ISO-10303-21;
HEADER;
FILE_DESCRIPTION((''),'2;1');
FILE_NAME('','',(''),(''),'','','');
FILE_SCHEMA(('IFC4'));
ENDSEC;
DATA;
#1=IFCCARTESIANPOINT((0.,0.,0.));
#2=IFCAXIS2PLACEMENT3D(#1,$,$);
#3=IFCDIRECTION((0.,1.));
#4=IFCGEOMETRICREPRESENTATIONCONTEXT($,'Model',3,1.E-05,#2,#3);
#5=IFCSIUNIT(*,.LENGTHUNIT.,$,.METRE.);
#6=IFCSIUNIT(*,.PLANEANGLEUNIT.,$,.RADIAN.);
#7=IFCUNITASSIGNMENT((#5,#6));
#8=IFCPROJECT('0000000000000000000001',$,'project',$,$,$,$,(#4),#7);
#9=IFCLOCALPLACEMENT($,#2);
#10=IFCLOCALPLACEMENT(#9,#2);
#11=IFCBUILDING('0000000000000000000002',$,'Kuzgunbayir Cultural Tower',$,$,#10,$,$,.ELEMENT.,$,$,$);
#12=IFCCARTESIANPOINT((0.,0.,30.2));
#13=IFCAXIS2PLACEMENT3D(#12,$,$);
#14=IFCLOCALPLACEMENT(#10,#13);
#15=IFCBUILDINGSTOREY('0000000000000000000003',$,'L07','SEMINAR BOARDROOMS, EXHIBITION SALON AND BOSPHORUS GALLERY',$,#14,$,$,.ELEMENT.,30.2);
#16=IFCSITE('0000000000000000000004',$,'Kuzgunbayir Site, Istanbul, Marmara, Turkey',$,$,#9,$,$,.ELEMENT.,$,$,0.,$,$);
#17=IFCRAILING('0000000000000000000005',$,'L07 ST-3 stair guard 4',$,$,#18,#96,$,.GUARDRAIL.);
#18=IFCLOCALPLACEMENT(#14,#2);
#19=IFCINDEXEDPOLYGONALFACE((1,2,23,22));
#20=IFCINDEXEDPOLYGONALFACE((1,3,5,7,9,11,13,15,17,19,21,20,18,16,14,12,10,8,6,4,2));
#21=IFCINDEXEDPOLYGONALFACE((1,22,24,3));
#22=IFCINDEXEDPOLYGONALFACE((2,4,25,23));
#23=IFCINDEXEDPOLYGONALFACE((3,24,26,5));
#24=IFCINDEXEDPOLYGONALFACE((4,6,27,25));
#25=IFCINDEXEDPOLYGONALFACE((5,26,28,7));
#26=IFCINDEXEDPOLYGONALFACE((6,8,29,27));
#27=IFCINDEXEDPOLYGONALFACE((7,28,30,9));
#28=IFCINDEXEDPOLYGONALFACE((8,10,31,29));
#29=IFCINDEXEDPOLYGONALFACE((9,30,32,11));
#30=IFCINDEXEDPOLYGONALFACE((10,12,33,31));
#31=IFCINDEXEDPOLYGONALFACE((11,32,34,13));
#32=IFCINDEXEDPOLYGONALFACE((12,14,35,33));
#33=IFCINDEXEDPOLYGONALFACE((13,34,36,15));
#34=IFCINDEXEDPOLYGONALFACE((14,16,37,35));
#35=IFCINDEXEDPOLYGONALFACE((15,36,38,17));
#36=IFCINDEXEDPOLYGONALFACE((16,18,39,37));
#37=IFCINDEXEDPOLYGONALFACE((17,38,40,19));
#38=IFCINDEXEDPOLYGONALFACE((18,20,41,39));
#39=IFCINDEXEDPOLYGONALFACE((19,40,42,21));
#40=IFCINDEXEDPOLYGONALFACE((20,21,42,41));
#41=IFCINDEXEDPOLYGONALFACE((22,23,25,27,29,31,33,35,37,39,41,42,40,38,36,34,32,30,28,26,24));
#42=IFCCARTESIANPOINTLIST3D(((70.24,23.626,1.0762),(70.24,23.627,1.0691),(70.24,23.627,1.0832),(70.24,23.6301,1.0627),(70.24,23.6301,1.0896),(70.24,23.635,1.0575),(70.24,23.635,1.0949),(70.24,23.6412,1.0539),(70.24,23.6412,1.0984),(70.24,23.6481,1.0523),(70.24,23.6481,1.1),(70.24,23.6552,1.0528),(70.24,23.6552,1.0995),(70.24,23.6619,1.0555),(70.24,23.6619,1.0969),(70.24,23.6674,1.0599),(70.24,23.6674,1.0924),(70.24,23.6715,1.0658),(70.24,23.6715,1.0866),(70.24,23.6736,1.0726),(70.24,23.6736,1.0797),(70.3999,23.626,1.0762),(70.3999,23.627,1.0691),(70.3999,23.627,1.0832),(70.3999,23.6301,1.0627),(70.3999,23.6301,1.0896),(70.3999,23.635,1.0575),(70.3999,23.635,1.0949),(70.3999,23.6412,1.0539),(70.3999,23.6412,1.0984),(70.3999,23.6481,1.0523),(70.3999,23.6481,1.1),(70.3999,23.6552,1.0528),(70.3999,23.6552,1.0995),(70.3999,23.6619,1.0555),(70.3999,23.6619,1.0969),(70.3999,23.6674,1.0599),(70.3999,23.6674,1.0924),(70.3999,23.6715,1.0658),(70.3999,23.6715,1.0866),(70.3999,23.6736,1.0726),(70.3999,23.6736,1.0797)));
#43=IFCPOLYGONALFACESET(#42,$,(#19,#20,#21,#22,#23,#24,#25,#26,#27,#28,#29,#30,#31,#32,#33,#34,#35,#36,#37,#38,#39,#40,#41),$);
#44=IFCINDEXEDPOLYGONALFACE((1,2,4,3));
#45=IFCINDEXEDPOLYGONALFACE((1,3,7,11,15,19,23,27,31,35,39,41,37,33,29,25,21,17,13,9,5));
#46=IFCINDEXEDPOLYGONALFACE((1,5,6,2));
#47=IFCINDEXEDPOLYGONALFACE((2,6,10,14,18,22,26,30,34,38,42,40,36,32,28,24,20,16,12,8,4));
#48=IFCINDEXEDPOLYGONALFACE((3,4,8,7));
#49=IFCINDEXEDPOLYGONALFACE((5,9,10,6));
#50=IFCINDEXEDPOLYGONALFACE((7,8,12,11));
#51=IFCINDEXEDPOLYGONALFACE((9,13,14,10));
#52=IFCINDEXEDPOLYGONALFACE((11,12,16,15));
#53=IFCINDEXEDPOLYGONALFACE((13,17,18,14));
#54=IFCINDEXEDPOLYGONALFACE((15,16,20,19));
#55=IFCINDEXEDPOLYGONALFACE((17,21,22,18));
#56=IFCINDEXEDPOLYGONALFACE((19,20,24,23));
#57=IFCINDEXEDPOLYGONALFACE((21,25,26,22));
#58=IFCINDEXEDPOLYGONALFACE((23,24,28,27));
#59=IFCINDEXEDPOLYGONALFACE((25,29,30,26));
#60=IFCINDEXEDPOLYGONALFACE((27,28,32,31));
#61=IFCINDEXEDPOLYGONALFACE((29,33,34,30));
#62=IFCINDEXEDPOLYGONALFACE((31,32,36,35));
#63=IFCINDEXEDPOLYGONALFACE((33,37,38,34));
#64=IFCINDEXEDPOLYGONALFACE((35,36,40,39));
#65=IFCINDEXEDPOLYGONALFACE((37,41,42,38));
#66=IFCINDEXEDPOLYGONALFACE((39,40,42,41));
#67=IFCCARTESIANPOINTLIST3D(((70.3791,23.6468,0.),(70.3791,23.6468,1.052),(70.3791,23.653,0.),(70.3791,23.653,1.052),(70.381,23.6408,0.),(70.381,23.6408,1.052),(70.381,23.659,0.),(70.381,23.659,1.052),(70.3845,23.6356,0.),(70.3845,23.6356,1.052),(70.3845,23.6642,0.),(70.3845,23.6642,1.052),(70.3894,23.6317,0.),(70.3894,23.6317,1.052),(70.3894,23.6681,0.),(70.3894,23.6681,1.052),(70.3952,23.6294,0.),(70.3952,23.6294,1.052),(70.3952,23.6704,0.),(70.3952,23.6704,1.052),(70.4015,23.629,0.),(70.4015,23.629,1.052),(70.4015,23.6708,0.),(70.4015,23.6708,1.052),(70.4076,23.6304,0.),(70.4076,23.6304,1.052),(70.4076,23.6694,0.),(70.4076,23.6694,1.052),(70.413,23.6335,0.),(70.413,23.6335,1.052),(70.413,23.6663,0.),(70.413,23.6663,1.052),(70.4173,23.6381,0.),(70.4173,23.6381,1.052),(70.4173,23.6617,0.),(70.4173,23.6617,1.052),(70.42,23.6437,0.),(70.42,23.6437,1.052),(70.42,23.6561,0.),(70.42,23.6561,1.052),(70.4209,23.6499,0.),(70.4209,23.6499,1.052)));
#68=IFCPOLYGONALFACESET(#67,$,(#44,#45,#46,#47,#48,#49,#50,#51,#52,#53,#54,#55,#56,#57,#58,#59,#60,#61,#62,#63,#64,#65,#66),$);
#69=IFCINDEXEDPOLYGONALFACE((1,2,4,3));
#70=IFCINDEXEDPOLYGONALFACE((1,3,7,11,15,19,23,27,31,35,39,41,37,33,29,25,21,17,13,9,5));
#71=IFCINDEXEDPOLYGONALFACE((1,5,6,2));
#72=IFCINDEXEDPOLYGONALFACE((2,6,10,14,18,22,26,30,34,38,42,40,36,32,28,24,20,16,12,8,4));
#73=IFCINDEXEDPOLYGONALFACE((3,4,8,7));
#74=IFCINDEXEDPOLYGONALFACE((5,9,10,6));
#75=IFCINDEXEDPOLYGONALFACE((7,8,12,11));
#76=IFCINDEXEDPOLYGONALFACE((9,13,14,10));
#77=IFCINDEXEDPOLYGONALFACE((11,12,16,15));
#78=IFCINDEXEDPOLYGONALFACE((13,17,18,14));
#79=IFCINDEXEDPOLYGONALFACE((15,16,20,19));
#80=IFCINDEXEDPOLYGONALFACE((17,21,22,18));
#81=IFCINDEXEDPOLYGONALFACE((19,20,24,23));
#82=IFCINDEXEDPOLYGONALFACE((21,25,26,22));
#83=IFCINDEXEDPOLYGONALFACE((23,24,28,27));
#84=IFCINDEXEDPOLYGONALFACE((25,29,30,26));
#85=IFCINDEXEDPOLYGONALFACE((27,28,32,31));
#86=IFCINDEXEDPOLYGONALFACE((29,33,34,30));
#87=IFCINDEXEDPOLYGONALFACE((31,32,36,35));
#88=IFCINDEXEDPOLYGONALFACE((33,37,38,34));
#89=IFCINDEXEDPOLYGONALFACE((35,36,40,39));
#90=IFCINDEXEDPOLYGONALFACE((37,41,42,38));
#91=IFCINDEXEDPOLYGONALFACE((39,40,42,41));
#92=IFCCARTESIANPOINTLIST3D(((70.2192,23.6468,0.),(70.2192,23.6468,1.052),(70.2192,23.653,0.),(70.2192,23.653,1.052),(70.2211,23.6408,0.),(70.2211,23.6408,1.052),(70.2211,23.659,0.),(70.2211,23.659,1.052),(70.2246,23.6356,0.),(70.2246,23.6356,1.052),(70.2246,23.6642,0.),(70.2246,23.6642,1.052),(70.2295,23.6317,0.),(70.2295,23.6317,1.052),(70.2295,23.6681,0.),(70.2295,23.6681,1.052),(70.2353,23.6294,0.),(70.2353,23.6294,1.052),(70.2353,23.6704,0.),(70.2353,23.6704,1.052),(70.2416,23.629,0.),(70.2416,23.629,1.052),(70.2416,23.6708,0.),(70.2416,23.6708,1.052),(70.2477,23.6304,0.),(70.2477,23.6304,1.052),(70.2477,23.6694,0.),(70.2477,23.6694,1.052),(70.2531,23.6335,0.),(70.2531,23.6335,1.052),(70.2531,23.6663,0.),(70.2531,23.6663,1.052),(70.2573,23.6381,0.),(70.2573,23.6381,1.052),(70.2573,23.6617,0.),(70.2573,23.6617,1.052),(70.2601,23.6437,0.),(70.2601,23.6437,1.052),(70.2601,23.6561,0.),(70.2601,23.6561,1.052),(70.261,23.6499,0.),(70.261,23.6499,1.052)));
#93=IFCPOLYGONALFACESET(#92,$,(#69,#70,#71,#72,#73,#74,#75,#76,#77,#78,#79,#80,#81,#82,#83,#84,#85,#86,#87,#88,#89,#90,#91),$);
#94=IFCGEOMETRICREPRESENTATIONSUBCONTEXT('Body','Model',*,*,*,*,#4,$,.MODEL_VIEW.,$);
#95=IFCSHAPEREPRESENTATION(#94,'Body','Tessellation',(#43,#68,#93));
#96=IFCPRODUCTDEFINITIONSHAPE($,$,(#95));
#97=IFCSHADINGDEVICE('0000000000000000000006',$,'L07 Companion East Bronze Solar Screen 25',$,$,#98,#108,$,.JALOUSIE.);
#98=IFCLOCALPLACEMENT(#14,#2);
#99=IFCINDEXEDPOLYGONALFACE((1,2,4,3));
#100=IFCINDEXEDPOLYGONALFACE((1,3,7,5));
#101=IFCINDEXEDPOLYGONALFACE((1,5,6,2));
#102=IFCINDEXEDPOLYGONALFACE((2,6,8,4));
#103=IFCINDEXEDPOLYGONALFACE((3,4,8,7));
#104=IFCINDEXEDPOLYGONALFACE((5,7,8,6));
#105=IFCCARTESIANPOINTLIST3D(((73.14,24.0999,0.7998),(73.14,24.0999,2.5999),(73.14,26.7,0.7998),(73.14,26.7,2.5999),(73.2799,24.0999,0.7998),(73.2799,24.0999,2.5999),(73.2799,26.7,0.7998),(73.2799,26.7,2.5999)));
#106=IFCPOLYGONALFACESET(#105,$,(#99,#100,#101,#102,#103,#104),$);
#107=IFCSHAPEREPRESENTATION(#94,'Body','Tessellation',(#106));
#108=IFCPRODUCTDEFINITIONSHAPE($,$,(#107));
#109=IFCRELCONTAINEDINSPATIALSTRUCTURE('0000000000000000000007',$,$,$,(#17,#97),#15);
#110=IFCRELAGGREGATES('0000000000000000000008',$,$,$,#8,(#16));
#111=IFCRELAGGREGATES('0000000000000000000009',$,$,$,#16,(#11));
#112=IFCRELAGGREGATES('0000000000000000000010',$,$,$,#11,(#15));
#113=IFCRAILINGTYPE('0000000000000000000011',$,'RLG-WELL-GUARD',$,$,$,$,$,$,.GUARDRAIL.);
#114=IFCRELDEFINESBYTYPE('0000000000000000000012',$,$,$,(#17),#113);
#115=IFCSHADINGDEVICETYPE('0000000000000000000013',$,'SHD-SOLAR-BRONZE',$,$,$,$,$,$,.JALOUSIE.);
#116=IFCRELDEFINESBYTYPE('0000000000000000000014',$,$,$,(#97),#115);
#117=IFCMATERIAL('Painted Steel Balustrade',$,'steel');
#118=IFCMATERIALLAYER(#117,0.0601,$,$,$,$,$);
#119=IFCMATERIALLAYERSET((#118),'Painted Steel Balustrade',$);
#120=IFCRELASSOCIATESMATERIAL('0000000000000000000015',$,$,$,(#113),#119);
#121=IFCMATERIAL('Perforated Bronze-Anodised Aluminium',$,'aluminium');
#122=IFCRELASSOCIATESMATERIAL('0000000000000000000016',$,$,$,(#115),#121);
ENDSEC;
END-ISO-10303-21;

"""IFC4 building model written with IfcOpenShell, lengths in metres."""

from ifc_helpers import new_model, si_unit, direction, frame, origin, origin_2d, place, context, subcontext, project, spatial, rectangle, circle, extrude, material, layer, layer_set, type_object, element, save


model = new_model("IFC4")

# Units and contexts
model_context = context("Model", 3, precision=1e-05, world=origin(), true_north=direction((0.0, 1.0)))
body_context = subcontext(model_context, "Body", "Model", "MODEL_VIEW")
ifc_project = project(units=[si_unit("LENGTHUNIT", "METRE"), si_unit("PLANEANGLEUNIT", "RADIAN")], contexts=[model_context])

# Site, building, storey
site_placement = place(None, origin())
site = spatial("IfcSite", under=ifc_project, at=site_placement, Name="Kuzgunbayir Site, Istanbul, Marmara, Turkey", CompositionType="ELEMENT", RefElevation=0.0)
building_placement = place(site_placement, origin())
building = spatial("IfcBuilding", under=site, at=building_placement, Name="Kuzgunbayir Cultural Tower", CompositionType="ELEMENT")
storey_placement = place(building_placement, frame((0.0, 0.0, 30.2)))
storey = spatial("IfcBuildingStorey", under=building, at=storey_placement, Name="L07", Description="SEMINAR BOARDROOMS, EXHIBITION SALON AND BOSPHORUS GALLERY", CompositionType="ELEMENT", Elevation=30.2)

# Railing
ifc_material_1 = material(Name="Painted Steel Balustrade", Category="steel")
ifc_layer_1 = layer(ifc_material_1, 0.0601)
ifc_layer_set_1 = layer_set([ifc_layer_1], Name="Painted Steel Balustrade")
railing_type_1 = type_object("IfcRailingType", Name="RLG-WELL-GUARD", PredefinedType="GUARDRAIL", material=ifc_layer_set_1)
railing_1_placement = place(storey_placement, frame((70.3999, 23.6499, 0.0)))
element("IfcRailing", 1, at=railing_1_placement, inside=storey, type_object=railing_type_1, Name="L07 ST-3 stair guard 4", PredefinedType="GUARDRAIL", context=body_context, shape_type="SweptSolid", body=[
    extrude(circle(Radius=0.0239, at=origin_2d()), frame((0.0, 0.0, 1.0762), z_axis=(-1.0, 0.0, 0.0), x_axis=(0.0, -1.0, 0.0)), (0.0, 0.0, 1.0), 0.1599),
    extrude(circle(Radius=0.021, at=origin_2d()), origin(), (0.0, 0.0, 1.0), 1.052),
    extrude(circle(Radius=0.021, at=origin_2d()), frame((-0.1599, 0.0, 0.0)), (0.0, 0.0, 1.0), 1.052),
])

# Shading device
ifc_material_2 = material(Name="Perforated Bronze-Anodised Aluminium", Category="aluminium")
shading_device_type = type_object("IfcShadingDeviceType", Name="SHD-SOLAR-BRONZE", PredefinedType="JALOUSIE", material=ifc_material_2)
shading_device_placement = place(storey_placement, frame((73.21, 25.3999, 0.7998), z_axis=(0.0, 0.0, 1.0), x_axis=(1.0, 0.0, 0.0)))
element("IfcShadingDevice", 2, at=shading_device_placement, inside=storey, type_object=shading_device_type, Name="L07 Companion East Bronze Solar Screen 25", PredefinedType="JALOUSIE", context=body_context, shape_type="SweptSolid", body=[
    extrude(rectangle(XDim=0.1399, YDim=2.6001, at=origin_2d()), origin(), (0.0, 0.0, 1.0), 1.8),
])

save(model, "model.ifc")
